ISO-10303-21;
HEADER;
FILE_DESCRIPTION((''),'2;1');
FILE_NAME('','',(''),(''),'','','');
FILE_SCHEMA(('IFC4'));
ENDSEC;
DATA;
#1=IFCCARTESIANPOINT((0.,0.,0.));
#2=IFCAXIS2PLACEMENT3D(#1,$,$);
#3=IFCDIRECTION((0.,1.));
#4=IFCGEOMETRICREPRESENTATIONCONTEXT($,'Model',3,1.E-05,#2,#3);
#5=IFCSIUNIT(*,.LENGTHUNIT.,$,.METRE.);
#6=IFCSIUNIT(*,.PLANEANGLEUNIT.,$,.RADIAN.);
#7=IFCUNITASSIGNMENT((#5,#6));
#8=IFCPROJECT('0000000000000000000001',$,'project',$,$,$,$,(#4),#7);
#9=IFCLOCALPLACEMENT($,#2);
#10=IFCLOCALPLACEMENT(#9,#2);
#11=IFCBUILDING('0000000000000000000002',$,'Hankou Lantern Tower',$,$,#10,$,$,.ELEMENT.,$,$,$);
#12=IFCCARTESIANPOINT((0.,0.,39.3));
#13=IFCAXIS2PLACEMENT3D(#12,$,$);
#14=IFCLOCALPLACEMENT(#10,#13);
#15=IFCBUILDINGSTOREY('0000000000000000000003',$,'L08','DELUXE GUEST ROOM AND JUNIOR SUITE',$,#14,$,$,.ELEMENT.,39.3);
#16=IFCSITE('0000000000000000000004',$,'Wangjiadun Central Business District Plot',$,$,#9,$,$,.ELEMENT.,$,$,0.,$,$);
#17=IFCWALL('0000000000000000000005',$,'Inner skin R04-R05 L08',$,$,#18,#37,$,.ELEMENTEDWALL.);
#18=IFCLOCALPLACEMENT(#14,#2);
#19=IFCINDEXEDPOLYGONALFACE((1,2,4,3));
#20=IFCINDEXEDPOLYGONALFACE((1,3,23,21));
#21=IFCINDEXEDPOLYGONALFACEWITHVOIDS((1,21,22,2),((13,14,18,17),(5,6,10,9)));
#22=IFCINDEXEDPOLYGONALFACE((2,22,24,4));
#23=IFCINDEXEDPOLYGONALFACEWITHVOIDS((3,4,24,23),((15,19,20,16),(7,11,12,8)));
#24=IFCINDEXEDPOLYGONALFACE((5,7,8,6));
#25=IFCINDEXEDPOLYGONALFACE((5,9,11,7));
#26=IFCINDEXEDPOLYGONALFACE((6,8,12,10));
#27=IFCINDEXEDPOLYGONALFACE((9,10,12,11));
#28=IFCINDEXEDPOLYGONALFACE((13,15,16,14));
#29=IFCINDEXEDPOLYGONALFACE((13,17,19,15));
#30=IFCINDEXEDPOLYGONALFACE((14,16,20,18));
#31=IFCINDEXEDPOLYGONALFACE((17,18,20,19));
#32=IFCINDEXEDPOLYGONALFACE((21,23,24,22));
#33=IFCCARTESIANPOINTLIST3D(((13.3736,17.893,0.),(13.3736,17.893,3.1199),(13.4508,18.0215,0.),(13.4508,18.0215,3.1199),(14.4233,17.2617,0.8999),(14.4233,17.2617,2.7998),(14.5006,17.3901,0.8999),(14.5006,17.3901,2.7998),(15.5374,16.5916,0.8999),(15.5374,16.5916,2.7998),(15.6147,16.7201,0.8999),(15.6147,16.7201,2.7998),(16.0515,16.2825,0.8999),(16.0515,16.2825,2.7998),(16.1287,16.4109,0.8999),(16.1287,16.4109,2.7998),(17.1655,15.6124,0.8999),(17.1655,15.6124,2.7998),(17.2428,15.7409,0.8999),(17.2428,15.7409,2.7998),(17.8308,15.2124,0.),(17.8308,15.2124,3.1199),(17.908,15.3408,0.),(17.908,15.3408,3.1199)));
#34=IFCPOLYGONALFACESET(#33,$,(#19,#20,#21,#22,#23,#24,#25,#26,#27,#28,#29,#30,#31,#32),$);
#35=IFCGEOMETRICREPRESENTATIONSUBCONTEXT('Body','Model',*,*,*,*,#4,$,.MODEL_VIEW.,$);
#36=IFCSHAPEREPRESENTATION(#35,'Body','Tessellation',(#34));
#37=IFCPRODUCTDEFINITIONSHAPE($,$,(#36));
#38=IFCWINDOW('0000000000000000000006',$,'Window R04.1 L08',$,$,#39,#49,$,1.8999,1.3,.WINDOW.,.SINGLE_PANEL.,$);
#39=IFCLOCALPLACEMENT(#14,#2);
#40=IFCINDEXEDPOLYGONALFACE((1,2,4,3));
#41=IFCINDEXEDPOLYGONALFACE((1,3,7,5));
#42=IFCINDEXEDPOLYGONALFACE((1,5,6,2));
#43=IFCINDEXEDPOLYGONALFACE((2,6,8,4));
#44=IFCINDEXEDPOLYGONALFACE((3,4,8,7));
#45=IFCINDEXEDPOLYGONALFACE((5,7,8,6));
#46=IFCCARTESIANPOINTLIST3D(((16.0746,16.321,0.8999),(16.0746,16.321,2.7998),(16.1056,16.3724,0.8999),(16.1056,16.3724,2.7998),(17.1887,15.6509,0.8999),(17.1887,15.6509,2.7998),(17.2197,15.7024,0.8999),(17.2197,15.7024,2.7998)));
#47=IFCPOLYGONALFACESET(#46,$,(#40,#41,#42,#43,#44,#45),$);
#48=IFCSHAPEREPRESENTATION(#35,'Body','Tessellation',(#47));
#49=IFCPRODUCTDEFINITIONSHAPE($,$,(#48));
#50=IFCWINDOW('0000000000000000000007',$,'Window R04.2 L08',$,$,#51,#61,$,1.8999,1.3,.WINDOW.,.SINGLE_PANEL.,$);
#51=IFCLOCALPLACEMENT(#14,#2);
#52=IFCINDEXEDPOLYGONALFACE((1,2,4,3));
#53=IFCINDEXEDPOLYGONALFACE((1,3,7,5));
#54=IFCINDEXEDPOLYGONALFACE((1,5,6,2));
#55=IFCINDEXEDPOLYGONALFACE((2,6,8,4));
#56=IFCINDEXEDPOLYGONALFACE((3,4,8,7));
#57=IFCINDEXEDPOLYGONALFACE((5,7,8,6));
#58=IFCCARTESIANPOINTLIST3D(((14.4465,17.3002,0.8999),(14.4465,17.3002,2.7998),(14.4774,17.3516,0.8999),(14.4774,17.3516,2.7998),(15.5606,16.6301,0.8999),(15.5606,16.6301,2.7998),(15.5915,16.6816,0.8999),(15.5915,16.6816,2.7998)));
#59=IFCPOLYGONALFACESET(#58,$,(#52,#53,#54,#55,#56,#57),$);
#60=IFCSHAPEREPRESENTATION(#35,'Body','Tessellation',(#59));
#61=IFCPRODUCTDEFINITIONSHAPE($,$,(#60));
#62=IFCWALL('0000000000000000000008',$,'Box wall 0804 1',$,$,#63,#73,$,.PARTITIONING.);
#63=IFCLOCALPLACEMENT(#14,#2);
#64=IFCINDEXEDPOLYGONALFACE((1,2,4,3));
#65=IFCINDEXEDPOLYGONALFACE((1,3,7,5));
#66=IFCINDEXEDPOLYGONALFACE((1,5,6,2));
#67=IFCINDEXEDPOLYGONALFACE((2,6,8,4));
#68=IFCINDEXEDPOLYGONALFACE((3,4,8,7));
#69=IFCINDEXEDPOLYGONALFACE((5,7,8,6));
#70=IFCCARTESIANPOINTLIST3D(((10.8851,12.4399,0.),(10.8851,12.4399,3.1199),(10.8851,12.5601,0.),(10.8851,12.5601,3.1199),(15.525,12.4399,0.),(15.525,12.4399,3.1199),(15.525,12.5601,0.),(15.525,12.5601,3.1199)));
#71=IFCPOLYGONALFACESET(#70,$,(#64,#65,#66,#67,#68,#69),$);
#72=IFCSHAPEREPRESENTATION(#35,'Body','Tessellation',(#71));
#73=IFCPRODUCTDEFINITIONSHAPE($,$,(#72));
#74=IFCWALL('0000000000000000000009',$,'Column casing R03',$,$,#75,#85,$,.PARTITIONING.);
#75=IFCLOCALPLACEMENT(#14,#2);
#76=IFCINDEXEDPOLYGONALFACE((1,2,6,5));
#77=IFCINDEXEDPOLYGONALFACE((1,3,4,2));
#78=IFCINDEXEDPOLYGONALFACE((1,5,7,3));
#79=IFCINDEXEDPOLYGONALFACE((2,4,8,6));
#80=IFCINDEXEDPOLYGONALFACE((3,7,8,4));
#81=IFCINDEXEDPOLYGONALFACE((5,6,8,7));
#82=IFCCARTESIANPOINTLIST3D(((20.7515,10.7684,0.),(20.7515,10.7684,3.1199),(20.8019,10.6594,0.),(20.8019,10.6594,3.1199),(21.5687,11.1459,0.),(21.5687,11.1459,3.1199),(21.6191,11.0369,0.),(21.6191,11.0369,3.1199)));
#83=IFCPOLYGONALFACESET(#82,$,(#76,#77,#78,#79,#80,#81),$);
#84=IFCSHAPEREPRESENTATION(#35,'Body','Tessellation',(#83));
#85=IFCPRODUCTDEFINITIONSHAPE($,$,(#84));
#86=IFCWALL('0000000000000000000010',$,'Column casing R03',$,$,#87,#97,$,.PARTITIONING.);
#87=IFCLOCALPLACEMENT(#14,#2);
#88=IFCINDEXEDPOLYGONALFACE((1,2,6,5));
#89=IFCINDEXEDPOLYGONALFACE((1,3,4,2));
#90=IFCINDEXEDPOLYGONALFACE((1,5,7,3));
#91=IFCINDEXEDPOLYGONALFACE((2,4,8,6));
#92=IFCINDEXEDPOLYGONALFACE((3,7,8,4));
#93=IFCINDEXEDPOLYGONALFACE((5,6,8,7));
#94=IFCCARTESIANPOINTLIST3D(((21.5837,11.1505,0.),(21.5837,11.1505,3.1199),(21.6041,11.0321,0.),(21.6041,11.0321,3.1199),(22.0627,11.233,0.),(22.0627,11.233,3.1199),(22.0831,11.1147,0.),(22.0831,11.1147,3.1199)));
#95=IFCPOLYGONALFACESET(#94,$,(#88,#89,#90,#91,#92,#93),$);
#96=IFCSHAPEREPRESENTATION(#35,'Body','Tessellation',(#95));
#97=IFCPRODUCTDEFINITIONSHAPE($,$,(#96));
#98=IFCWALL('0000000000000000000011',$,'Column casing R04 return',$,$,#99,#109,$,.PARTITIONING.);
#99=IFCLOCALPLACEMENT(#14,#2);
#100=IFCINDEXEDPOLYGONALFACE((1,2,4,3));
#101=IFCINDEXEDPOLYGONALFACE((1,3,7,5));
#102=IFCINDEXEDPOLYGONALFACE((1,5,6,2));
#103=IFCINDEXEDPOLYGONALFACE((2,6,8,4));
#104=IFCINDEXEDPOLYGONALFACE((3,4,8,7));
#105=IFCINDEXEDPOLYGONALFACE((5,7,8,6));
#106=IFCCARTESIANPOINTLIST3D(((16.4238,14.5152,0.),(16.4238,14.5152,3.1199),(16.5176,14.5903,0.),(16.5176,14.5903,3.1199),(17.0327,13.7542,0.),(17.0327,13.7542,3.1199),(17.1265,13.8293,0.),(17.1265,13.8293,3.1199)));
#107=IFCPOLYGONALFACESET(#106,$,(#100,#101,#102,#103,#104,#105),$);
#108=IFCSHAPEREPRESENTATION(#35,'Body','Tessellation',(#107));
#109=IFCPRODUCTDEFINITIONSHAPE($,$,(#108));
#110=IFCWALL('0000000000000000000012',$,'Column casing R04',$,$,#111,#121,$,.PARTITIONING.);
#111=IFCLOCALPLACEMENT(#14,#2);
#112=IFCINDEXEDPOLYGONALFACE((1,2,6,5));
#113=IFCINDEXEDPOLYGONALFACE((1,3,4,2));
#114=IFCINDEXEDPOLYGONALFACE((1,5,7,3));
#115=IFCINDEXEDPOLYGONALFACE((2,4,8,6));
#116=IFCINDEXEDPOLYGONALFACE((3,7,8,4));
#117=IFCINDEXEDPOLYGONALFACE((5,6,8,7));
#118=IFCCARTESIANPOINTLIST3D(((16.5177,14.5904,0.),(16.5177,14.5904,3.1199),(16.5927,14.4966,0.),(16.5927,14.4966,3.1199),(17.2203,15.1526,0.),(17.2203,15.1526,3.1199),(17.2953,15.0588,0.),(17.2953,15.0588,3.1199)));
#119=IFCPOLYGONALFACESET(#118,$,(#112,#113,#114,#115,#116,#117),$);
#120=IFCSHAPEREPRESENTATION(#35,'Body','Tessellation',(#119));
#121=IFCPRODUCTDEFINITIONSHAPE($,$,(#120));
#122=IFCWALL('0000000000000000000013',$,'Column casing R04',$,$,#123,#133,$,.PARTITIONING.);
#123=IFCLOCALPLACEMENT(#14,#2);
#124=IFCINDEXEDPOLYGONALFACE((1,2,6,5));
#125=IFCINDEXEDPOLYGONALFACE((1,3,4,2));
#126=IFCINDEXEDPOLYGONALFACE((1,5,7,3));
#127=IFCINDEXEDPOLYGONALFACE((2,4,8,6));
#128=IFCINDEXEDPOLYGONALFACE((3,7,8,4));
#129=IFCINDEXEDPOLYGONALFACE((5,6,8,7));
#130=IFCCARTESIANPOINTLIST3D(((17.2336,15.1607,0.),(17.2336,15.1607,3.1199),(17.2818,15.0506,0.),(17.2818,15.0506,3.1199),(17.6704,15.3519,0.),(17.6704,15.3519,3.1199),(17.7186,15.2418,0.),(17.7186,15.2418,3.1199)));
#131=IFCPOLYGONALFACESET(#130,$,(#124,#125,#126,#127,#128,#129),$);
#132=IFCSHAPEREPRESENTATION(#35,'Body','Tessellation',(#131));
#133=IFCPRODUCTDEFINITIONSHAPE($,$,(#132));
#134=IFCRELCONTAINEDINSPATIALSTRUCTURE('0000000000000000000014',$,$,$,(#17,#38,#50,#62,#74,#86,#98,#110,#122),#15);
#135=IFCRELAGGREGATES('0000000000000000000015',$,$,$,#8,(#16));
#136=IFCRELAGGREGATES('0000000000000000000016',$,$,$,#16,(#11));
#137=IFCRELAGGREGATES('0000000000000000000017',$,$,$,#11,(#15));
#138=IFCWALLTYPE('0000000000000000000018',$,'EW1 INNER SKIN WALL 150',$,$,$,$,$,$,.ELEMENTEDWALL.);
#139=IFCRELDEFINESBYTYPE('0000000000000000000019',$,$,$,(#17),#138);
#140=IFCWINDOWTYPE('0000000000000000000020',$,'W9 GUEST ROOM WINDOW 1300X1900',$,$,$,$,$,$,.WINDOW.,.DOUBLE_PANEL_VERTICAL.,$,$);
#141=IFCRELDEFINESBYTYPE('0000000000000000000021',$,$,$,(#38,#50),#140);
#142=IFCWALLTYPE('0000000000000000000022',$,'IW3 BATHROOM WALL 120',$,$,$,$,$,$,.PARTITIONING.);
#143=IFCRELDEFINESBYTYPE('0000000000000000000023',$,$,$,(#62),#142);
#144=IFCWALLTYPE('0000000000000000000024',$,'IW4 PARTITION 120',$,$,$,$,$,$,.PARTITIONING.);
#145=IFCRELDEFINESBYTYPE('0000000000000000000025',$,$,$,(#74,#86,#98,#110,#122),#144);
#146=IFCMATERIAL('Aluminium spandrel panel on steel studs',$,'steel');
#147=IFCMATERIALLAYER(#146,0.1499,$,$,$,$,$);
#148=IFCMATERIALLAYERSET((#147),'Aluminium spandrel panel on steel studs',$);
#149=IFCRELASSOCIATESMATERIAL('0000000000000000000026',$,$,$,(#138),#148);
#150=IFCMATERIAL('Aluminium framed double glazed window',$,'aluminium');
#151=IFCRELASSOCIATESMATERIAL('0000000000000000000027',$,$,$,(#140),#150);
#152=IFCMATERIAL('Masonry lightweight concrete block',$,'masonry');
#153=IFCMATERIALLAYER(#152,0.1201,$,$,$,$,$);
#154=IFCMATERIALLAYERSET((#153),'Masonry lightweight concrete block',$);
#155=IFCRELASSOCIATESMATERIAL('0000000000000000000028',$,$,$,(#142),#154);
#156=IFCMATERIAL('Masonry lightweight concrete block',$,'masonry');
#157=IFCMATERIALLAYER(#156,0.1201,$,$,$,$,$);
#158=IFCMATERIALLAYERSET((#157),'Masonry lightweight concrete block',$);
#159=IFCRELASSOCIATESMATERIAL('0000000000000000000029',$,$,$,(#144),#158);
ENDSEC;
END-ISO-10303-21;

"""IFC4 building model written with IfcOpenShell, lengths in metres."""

from ifc_helpers import new_model, si_unit, direction, frame, frame_2d, origin, place, context, subcontext, project, spatial, rectangle, extrude, material, layer, layer_set, type_object, element, fill, save


model = new_model("IFC4")

# Units and contexts
model_context = context("Model", 3, precision=1e-05, world=origin(), true_north=direction((0.0, 1.0)))
body_context = subcontext(model_context, "Body", "Model", "MODEL_VIEW")
ifc_project = project(units=[si_unit("LENGTHUNIT", "METRE"), si_unit("PLANEANGLEUNIT", "RADIAN")], contexts=[model_context])

# Site, building, storey
site_placement = place(None, origin())
site = spatial("IfcSite", under=ifc_project, at=site_placement, Name="Wangjiadun Central Business District Plot", CompositionType="ELEMENT", RefElevation=0.0)
building_placement = place(site_placement, origin())
building = spatial("IfcBuilding", under=site, at=building_placement, Name="Hankou Lantern Tower", CompositionType="ELEMENT")
storey_placement = place(building_placement, frame((0.0, 0.0, 39.3)))
storey = spatial("IfcBuildingStorey", under=building, at=storey_placement, Name="L08", Description="DELUXE GUEST ROOM AND JUNIOR SUITE", CompositionType="ELEMENT", Elevation=39.3)

# Wall, openings, windows
ifc_material_1 = material(Name="Aluminium spandrel panel on steel studs", Category="steel")
ifc_layer_1 = layer(ifc_material_1, 0.1499)
ifc_layer_set_1 = layer_set([ifc_layer_1], Name="Aluminium spandrel panel on steel studs")
wall_type_1 = type_object("IfcWallType", Name="EW1 INNER SKIN WALL 150", PredefinedType="ELEMENTEDWALL", material=ifc_layer_set_1)
ifc_material_2 = material(Name="Aluminium framed double glazed window", Category="aluminium")
window_type = type_object("IfcWindowType", Name="W9 GUEST ROOM WINDOW 1300X1900", PartitioningType="DOUBLE_PANEL_VERTICAL", PredefinedType="WINDOW", material=ifc_material_2)
wall_1_placement = place(storey_placement, frame((17.8694, 15.2766, 0.0), z_axis=(0.0, 0.0, 1.0), x_axis=(-0.856958, 0.515386, 0.0)))
wall_1 = element("IfcWall", 1, at=wall_1_placement, inside=storey, type_object=wall_type_1, Name="Inner skin R04-R05 L08", PredefinedType="ELEMENTEDWALL", context=body_context, shape_type="SweptSolid", body=[
    extrude(rectangle(XDim=5.2012, YDim=0.1499, at=frame_2d((2.6006, 0.0))), origin(), (0.0, 0.0, 1.0), 3.1199),
])
opening_1_placement = place(wall_1_placement, frame((0.7764, 0.0, 0.8999)))
opening_1 = element("IfcOpeningElement", 2, at=opening_1_placement, cuts=wall_1, PredefinedType="OPENING", context=body_context, shape_type="SweptSolid", body=[
    extrude(rectangle(XDim=1.3, YDim=1.8999, at=frame_2d((0.6499, 0.95))), frame((0.0, 0.085, 0.0), z_axis=(0.0, -1.0, 0.0), x_axis=(1.0, 0.0, 0.0)), (0.0, 0.0, 1.0), 0.1699),
])
opening_2_placement = place(wall_1_placement, frame((2.6763, 0.0, 0.8999)))
opening_2 = element("IfcOpeningElement", 3, at=opening_2_placement, cuts=wall_1, PredefinedType="OPENING", context=body_context, shape_type="SweptSolid", body=[
    extrude(rectangle(XDim=1.3, YDim=1.8999, at=frame_2d((0.6499, 0.95))), frame((0.0, 0.085, 0.0), z_axis=(0.0, -1.0, 0.0), x_axis=(1.0, 0.0, 0.0)), (0.0, 0.0, 1.0), 0.1699),
])
window_1_placement = place(opening_1_placement, origin())
window_1 = element("IfcWindow", 4, at=window_1_placement, inside=storey, type_object=window_type, Name="Window R04.1 L08", OverallHeight=1.8999, OverallWidth=1.3, PartitioningType="SINGLE_PANEL", PredefinedType="WINDOW", context=body_context, shape_type="SweptSolid", body=[
    extrude(rectangle(XDim=1.3, YDim=1.8999, at=frame_2d((0.6499, 0.95))), frame((0.0, 0.03, 0.0), z_axis=(0.0, -1.0, 0.0), x_axis=(1.0, 0.0, 0.0)), (0.0, 0.0, 1.0), 0.0601),
])
fill(opening_1, window_1)
window_2_placement = place(opening_2_placement, origin())
window_2 = element("IfcWindow", 5, at=window_2_placement, inside=storey, type_object=window_type, Name="Window R04.2 L08", OverallHeight=1.8999, OverallWidth=1.3, PartitioningType="SINGLE_PANEL", PredefinedType="WINDOW", context=body_context, shape_type="SweptSolid", body=[
    extrude(rectangle(XDim=1.3, YDim=1.8999, at=frame_2d((0.6499, 0.95))), frame((0.0, 0.03, 0.0), z_axis=(0.0, -1.0, 0.0), x_axis=(1.0, 0.0, 0.0)), (0.0, 0.0, 1.0), 0.0601),
])
fill(opening_2, window_2)

# Walls
ifc_material_3 = material(Name="Masonry lightweight concrete block", Category="masonry")
ifc_layer_2 = layer(ifc_material_3, 0.1201)
ifc_layer_set_2 = layer_set([ifc_layer_2], Name="Masonry lightweight concrete block")
wall_type_2 = type_object("IfcWallType", Name="IW3 BATHROOM WALL 120", PredefinedType="PARTITIONING", material=ifc_layer_set_2)
wall_2_placement = place(storey_placement, frame((15.5249, 12.5, 0.0), z_axis=(0.0, 0.0, 1.0), x_axis=(-1.0, 0.0, 0.0)))
element("IfcWall", 6, at=wall_2_placement, inside=storey, type_object=wall_type_2, Name="Box wall 0804 1", PredefinedType="PARTITIONING", context=body_context, shape_type="SweptSolid", body=[
    extrude(rectangle(XDim=4.6399, YDim=0.1201, at=frame_2d((2.3198, 0.0))), origin(), (0.0, 0.0, 1.0), 3.1199),
])
ifc_material_4 = material(Name="Masonry lightweight concrete block", Category="masonry")
ifc_layer_3 = layer(ifc_material_4, 0.1201)
ifc_layer_set_3 = layer_set([ifc_layer_3], Name="Masonry lightweight concrete block")
wall_type_3 = type_object("IfcWallType", Name="IW4 PARTITION 120", PredefinedType="PARTITIONING", material=ifc_layer_set_3)
wall_3_placement = place(storey_placement, frame((20.7766, 10.7139, 0.0), z_axis=(0.0, 0.0, 1.0), x_axis=(0.907832, 0.419333, 0.0)))
element("IfcWall", 7, at=wall_3_placement, inside=storey, type_object=wall_type_3, Name="Column casing R03", PredefinedType="PARTITIONING", context=body_context, shape_type="SweptSolid", body=[
    extrude(rectangle(XDim=0.9001, YDim=0.1201, at=frame_2d((0.4502, 0.0))), origin(), (0.0, 0.0, 1.0), 3.1199),
])
wall_4_placement = place(storey_placement, frame((21.5938, 11.0913, 0.0), z_axis=(0.0, 0.0, 1.0), x_axis=(0.985483, 0.169772, 0.0)))
element("IfcWall", 8, at=wall_4_placement, inside=storey, type_object=wall_type_3, Name="Column casing R03", PredefinedType="PARTITIONING", context=body_context, shape_type="SweptSolid", body=[
    extrude(rectangle(XDim=0.4861, YDim=0.1201, at=frame_2d((0.2432, 0.0))), origin(), (0.0, 0.0, 1.0), 3.1199),
])
wall_5_placement = place(storey_placement, frame((17.0796, 13.7917, 0.0), z_axis=(0.0, 0.0, 1.0), x_axis=(-0.624756, 0.78082, 0.0)))
element("IfcWall", 9, at=wall_5_placement, inside=storey, type_object=wall_type_3, Name="Column casing R04 return", PredefinedType="PARTITIONING", context=body_context, shape_type="SweptSolid", body=[
    extrude(rectangle(XDim=0.9746, YDim=0.1201, at=frame_2d((0.4873, 0.0))), origin(), (0.0, 0.0, 1.0), 3.1199),
])
wall_6_placement = place(storey_placement, frame((16.5552, 14.5435, 0.0), z_axis=(0.0, 0.0, 1.0), x_axis=(0.780789, 0.624794, 0.0)))
element("IfcWall", 10, at=wall_6_placement, inside=storey, type_object=wall_type_3, Name="Column casing R04", PredefinedType="PARTITIONING", context=body_context, shape_type="SweptSolid", body=[
    extrude(rectangle(XDim=0.8999, YDim=0.1201, at=frame_2d((0.45, 0.0))), origin(), (0.0, 0.0, 1.0), 3.1199),
])
wall_7_placement = place(storey_placement, frame((17.2578, 15.1057, 0.0), z_axis=(0.0, 0.0, 1.0), x_axis=(0.916099, 0.400953, 0.0)))
element("IfcWall", 11, at=wall_7_placement, inside=storey, type_object=wall_type_3, Name="Column casing R04", PredefinedType="PARTITIONING", context=body_context, shape_type="SweptSolid", body=[
    extrude(rectangle(XDim=0.4768, YDim=0.1201, at=frame_2d((0.2383, 0.0))), origin(), (0.0, 0.0, 1.0), 3.1199),
])

save(model, "model.ifc")
